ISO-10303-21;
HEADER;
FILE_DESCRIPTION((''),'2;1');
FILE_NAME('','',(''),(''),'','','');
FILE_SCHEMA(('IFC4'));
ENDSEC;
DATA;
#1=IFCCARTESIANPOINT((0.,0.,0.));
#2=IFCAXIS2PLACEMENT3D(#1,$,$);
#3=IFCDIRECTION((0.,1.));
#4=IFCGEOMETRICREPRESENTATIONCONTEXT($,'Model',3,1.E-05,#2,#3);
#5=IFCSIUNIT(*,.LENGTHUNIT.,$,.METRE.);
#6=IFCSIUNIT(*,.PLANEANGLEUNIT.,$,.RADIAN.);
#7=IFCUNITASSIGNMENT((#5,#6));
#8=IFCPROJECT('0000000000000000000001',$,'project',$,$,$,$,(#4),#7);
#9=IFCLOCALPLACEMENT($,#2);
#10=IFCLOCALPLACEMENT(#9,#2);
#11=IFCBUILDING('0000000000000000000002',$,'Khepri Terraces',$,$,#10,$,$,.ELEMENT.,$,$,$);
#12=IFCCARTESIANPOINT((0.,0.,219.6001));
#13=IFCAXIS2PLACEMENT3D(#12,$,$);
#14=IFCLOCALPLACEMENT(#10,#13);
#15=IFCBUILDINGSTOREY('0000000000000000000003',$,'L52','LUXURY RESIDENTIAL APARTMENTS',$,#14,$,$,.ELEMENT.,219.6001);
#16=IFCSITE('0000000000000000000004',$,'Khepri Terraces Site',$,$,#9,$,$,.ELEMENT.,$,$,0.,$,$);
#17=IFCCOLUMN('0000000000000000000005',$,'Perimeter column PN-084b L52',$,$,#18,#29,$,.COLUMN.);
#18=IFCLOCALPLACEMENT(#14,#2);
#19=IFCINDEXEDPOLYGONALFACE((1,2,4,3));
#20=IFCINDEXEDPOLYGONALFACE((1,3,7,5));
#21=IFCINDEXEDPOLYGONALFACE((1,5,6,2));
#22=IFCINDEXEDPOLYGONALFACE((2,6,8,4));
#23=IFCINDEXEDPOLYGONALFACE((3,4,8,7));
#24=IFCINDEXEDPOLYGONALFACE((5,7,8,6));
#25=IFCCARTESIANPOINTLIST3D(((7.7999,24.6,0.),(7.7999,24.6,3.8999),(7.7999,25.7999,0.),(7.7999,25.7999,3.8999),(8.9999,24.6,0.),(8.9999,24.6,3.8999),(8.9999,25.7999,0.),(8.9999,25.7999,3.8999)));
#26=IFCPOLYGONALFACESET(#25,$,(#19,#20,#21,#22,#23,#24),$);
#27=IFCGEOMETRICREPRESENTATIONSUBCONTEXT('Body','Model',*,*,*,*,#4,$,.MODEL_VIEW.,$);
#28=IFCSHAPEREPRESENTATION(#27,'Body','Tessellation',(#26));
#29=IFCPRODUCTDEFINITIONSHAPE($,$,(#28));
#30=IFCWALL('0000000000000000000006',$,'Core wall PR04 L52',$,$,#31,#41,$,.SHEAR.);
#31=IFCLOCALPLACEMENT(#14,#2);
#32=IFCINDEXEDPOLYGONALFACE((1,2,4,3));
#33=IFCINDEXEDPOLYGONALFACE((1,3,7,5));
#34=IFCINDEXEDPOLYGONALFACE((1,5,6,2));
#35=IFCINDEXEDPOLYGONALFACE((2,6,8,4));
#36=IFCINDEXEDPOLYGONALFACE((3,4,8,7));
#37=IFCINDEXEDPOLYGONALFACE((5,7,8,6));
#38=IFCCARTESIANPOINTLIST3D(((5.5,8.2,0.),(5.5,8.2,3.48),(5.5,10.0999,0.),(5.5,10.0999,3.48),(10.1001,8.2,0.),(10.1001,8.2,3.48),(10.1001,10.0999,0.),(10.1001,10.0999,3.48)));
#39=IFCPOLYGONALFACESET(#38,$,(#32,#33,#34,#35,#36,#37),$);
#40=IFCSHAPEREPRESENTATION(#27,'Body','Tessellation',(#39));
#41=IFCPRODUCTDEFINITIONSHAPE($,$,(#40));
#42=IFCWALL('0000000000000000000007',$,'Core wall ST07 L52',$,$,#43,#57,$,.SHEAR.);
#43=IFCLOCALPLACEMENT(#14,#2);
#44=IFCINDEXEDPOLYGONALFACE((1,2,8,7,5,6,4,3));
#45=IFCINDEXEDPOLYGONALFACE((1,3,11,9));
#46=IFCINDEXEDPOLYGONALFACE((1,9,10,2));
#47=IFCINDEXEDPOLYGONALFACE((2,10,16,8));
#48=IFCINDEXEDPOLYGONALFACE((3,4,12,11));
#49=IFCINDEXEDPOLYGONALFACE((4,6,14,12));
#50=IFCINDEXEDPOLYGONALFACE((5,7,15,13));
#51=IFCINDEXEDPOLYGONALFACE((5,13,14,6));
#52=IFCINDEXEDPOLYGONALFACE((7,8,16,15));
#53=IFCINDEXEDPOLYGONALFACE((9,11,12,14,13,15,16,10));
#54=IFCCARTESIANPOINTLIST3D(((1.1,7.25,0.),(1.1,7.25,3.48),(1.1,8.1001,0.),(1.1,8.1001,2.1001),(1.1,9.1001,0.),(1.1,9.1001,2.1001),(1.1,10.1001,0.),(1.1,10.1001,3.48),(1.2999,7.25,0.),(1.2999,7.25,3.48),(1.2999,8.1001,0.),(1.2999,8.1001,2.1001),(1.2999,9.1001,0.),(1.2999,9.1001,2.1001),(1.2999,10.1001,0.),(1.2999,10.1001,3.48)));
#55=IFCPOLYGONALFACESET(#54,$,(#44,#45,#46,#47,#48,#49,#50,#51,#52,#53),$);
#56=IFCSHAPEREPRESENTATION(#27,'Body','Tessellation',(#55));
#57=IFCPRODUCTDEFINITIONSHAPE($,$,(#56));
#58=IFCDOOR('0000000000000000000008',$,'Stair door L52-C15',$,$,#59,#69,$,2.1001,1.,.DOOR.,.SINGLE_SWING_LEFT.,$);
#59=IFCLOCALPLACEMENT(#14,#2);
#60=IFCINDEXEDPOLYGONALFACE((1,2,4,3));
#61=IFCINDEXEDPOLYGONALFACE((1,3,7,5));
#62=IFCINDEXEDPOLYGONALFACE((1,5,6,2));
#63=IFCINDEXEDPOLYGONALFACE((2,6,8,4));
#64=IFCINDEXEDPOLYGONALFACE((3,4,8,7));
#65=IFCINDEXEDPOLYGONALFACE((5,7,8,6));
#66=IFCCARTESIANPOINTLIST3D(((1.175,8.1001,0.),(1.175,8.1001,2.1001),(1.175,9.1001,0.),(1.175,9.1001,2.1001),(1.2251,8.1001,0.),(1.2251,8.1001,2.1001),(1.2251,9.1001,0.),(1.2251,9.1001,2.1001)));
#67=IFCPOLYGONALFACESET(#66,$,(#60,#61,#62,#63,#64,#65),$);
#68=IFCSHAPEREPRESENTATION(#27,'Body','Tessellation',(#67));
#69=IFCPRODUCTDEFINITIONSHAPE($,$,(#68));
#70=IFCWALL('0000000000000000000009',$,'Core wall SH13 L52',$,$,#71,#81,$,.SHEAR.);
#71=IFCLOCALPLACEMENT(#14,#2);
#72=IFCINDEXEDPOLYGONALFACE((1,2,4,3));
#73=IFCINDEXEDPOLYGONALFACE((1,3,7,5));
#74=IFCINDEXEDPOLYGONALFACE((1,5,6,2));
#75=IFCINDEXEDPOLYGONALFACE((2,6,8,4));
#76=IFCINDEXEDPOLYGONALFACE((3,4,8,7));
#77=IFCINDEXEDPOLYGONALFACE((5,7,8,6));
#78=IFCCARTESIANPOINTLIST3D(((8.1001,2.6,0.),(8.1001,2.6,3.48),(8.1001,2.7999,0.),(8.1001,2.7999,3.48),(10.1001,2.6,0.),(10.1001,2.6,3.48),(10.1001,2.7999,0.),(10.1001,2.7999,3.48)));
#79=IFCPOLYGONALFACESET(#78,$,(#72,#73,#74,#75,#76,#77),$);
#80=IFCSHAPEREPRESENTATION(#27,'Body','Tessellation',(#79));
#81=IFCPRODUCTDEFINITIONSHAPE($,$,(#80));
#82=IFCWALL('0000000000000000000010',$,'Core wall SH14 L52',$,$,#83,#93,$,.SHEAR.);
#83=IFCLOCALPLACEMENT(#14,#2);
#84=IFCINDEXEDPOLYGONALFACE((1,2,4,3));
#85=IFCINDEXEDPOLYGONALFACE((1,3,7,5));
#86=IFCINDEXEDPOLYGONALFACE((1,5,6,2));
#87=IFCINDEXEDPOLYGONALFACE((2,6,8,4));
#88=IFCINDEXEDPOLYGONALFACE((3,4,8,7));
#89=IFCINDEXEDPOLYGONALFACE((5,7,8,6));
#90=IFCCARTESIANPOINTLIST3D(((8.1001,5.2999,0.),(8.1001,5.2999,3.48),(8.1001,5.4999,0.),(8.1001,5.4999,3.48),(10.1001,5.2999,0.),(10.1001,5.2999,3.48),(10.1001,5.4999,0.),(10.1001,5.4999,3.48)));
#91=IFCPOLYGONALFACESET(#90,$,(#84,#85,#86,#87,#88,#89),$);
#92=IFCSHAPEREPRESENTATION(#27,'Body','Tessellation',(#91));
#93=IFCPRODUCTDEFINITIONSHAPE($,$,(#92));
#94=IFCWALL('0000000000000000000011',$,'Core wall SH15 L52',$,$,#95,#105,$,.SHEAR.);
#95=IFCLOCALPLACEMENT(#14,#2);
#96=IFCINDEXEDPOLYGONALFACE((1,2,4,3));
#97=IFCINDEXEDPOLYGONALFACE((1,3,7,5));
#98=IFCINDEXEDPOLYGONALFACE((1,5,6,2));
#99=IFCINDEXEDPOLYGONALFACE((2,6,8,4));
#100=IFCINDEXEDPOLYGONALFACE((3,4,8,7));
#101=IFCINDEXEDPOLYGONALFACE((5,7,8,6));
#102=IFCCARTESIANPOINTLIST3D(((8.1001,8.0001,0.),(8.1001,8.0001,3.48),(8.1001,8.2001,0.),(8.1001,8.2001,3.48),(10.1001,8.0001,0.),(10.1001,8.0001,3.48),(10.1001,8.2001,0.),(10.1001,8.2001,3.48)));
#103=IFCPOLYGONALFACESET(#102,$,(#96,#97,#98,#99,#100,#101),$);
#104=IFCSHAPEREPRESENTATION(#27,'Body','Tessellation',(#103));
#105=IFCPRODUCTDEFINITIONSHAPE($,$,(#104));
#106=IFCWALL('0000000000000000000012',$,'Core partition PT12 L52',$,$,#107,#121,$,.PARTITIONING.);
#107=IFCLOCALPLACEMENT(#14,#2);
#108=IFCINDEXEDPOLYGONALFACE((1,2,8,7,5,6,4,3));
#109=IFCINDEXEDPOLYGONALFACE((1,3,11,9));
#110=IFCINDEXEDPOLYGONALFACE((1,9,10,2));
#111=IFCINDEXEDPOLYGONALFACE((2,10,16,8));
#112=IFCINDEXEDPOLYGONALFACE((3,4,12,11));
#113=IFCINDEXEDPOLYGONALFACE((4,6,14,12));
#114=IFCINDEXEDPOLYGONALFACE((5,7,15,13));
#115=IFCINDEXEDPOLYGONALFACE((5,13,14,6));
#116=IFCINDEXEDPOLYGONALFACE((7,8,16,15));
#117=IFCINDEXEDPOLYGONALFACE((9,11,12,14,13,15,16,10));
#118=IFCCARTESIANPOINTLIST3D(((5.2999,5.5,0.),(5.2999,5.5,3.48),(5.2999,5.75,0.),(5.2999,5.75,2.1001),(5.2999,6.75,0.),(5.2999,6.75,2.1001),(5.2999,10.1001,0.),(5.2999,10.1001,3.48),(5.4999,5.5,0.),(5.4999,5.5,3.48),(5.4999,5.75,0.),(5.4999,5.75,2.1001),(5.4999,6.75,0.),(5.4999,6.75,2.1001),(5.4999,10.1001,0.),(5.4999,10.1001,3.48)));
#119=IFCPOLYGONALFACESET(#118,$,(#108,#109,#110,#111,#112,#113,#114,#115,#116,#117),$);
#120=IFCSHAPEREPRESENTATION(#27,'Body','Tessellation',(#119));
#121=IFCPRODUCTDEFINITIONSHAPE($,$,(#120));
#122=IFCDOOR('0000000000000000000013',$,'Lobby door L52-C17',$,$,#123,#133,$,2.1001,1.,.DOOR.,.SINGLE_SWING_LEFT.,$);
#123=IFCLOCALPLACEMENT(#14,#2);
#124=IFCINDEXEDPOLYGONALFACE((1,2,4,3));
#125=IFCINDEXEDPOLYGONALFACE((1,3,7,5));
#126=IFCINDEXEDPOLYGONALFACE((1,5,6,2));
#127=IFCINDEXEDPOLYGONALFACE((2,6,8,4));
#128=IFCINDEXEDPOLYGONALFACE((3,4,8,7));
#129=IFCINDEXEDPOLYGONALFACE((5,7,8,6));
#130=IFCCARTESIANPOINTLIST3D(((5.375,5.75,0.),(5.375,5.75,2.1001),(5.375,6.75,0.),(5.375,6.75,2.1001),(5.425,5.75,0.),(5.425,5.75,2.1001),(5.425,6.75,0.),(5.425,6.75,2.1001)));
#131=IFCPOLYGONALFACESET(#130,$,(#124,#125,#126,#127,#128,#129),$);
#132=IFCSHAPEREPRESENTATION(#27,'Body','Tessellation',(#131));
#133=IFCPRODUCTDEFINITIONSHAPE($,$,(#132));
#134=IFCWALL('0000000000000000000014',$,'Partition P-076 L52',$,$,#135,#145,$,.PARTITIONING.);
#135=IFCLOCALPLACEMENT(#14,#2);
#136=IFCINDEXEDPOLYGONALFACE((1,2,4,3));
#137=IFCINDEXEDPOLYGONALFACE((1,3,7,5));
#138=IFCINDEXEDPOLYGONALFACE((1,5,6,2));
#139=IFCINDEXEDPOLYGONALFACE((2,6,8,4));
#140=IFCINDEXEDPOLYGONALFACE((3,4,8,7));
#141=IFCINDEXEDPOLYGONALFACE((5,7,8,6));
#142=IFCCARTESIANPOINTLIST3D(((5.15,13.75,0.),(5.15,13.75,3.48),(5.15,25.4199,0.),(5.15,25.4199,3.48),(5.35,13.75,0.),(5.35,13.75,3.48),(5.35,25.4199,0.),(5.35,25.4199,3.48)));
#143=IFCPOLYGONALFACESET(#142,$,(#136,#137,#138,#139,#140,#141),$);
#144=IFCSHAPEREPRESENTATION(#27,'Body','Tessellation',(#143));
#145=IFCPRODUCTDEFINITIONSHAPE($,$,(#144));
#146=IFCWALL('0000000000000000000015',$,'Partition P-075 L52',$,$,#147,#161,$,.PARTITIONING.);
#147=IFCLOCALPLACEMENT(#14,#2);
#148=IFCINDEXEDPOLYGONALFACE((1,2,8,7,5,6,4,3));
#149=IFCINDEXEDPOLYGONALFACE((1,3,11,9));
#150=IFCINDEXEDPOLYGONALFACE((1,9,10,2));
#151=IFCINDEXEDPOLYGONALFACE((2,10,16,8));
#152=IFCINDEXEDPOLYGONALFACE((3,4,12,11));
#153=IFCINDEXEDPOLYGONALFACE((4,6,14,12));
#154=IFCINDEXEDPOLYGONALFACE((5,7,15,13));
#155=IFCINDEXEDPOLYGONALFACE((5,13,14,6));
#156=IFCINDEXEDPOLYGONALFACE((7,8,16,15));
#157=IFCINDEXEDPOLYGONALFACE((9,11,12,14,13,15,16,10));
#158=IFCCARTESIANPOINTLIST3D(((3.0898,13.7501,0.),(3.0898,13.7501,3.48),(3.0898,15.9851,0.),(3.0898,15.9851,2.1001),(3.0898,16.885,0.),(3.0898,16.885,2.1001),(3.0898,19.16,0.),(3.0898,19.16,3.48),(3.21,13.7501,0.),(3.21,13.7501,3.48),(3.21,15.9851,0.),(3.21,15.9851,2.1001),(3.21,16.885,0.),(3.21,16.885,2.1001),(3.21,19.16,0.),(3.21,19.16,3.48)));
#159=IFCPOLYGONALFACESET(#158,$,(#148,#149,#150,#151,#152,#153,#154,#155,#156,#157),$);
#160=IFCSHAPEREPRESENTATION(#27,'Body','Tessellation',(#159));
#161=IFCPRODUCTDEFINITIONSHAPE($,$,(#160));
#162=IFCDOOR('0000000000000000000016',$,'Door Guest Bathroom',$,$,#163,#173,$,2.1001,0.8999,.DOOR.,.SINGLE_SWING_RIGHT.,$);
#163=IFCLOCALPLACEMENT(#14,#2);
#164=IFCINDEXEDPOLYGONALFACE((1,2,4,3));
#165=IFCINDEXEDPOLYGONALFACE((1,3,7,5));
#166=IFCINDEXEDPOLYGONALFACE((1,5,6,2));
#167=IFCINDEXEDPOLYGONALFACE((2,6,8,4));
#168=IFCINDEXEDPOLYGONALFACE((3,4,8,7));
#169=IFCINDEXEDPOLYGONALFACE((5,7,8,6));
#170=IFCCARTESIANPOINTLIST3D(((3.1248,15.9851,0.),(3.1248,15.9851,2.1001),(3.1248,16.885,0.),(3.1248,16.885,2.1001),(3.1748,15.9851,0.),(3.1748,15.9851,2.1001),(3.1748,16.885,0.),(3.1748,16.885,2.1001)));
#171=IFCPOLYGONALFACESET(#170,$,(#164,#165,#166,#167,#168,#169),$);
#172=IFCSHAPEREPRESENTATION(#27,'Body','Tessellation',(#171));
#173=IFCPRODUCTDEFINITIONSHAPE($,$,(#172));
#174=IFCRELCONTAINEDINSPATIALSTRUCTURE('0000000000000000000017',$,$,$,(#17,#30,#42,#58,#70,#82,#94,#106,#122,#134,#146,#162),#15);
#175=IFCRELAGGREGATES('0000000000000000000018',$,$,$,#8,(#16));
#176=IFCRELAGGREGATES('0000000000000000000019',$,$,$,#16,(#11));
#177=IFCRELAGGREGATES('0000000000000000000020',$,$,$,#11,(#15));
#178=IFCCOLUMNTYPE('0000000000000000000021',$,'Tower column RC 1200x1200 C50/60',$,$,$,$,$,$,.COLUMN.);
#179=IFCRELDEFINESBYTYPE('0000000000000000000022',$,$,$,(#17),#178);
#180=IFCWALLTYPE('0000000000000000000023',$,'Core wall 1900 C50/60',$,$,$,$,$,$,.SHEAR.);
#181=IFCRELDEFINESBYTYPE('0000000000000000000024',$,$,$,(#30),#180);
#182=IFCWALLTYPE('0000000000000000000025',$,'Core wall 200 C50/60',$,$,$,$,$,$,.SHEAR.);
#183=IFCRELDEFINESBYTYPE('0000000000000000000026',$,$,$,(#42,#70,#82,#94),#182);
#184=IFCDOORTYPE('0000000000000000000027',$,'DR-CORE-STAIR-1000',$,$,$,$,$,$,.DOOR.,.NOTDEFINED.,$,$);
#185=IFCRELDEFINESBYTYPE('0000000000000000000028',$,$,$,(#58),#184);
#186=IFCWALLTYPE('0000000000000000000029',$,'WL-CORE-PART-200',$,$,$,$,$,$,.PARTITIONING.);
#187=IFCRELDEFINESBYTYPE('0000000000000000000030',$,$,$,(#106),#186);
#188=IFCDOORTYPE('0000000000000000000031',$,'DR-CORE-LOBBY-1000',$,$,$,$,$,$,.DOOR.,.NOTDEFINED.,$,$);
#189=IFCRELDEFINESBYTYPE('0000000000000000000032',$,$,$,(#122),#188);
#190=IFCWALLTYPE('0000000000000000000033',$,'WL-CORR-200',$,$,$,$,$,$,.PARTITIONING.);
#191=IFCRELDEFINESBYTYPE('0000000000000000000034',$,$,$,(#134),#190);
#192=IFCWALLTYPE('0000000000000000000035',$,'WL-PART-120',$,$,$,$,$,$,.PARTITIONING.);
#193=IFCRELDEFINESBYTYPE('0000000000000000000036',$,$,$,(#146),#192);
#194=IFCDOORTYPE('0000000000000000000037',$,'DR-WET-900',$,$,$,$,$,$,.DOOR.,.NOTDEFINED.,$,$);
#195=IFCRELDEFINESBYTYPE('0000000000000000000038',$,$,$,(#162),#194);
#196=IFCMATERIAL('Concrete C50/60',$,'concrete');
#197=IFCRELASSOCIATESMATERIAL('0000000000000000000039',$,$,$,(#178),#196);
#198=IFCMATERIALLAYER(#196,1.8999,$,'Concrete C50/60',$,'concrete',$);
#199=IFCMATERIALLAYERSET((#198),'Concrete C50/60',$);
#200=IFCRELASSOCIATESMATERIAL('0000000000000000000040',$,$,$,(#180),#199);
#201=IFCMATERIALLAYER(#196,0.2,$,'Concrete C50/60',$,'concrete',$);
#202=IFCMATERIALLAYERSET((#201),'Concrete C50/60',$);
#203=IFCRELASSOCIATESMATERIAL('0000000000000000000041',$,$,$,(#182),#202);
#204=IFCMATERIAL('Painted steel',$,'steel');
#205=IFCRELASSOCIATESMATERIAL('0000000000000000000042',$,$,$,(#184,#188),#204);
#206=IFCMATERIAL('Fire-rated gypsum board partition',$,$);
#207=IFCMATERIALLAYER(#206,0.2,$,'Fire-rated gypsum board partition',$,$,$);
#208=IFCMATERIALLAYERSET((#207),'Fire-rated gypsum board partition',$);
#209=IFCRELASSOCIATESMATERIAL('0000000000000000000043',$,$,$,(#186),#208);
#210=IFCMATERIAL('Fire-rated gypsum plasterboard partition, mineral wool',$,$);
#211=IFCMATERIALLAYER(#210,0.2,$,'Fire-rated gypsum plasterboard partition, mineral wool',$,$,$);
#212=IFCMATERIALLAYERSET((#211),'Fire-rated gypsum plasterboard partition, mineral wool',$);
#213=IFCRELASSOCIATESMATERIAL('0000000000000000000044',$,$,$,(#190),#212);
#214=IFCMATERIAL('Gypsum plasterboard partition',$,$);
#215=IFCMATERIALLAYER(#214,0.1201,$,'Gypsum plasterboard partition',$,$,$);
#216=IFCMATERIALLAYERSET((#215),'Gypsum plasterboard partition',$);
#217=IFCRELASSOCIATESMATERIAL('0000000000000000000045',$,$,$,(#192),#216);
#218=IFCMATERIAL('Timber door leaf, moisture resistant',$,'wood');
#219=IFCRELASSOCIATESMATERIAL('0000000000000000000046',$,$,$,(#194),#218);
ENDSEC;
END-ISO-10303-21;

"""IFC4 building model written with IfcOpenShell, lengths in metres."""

from ifc_helpers import new_model, si_unit, direction, frame, frame_2d, origin, origin_2d, place, context, subcontext, project, spatial, rectangle, extrude, material, layer, layer_set, material_profile, profile_set, type_object, element, fill, save


model = new_model("IFC4")

# Units and contexts
model_context = context("Model", 3, precision=1e-05, world=origin(), true_north=direction((0.0, 1.0)))
body_context = subcontext(model_context, "Body", "Model", "MODEL_VIEW")
ifc_project = project(units=[si_unit("LENGTHUNIT", "METRE"), si_unit("PLANEANGLEUNIT", "RADIAN")], contexts=[model_context])

# Site, building, storey
site_placement = place(None, origin())
site = spatial("IfcSite", under=ifc_project, at=site_placement, Name="Khepri Terraces Site", CompositionType="ELEMENT", RefElevation=0.0)
building_placement = place(site_placement, origin())
building = spatial("IfcBuilding", under=site, at=building_placement, Name="Khepri Terraces", CompositionType="ELEMENT")
storey_placement = place(building_placement, frame((0.0, 0.0, 219.6001)))
storey = spatial("IfcBuildingStorey", under=building, at=storey_placement, Name="L52", Description="LUXURY RESIDENTIAL APARTMENTS", CompositionType="ELEMENT", Elevation=219.6001)

# Column
ifc_material_1 = material(Name="Concrete C50/60", Category="concrete")
ifc_material_profile = material_profile(ifc_material_1, rectangle(XDim=1.2, YDim=1.2, at=origin_2d()), Name="Concrete C50/60", Category="concrete")
ifc_profile_set = profile_set([ifc_material_profile], Name="Concrete C50/60")
column_type = type_object("IfcColumnType", Name="Tower column RC 1200x1200 C50/60", PredefinedType="COLUMN", material=ifc_profile_set)
column_placement = place(storey_placement, frame((8.3999, 25.2, 0.0), z_axis=(0.0, 0.0, 1.0), x_axis=(1.0, 0.0, 0.0)))
element("IfcColumn", 1, at=column_placement, inside=storey, type_object=column_type, Name="Perimeter column PN-084b L52", PredefinedType="COLUMN", context=body_context, shape_type="SweptSolid", body=[
    extrude(rectangle(XDim=1.2, YDim=1.2, at=origin_2d()), origin(), (0.0, 0.0, 1.0), 3.8999),
])

# Wall
ifc_layer_1 = layer(ifc_material_1, 1.8999, Name="Concrete C50/60", Category="concrete")
ifc_layer_set_1 = layer_set([ifc_layer_1], Name="Concrete C50/60")
wall_type_1 = type_object("IfcWallType", Name="Core wall 1900 C50/60", PredefinedType="SHEAR", material=ifc_layer_set_1)
wall_1_placement = place(storey_placement, frame((5.5, 9.1499, 0.0), z_axis=(0.0, 0.0, 1.0), x_axis=(1.0, 0.0, 0.0)))
element("IfcWall", 2, at=wall_1_placement, inside=storey, type_object=wall_type_1, Name="Core wall PR04 L52", PredefinedType="SHEAR", context=body_context, shape_type="SweptSolid", body=[
    extrude(rectangle(XDim=4.6001, YDim=1.8999, at=frame_2d((2.3, 0.0))), origin(), (0.0, 0.0, 1.0), 3.48),
])

# Wall, opening, door
ifc_layer_2 = layer(ifc_material_1, 0.2, Name="Concrete C50/60", Category="concrete")
ifc_layer_set_2 = layer_set([ifc_layer_2], Name="Concrete C50/60")
wall_type_2 = type_object("IfcWallType", Name="Core wall 200 C50/60", PredefinedType="SHEAR", material=ifc_layer_set_2)
wall_2_placement = place(storey_placement, frame((1.2, 7.25, 0.0), z_axis=(0.0, 0.0, 1.0), x_axis=(0.0, 1.0, 0.0)))
wall_2 = element("IfcWall", 3, at=wall_2_placement, inside=storey, type_object=wall_type_2, Name="Core wall ST07 L52", PredefinedType="SHEAR", context=body_context, shape_type="SweptSolid", body=[
    extrude(rectangle(XDim=2.8501, YDim=0.2, at=frame_2d((1.425, 0.0))), origin(), (0.0, 0.0, 1.0), 3.48),
])
opening_1_placement = place(wall_2_placement, frame((0.8501, 0.0, 0.0)))
opening_1 = element("IfcOpeningElement", 4, at=opening_1_placement, cuts=wall_2, PredefinedType="OPENING", context=body_context, shape_type="SweptSolid", body=[
    extrude(rectangle(XDim=1.0, YDim=2.1001, at=frame_2d((0.5, 1.05))), frame((0.0, 0.1099, 0.0), z_axis=(0.0, -1.0, 0.0), x_axis=(1.0, 0.0, 0.0)), (0.0, 0.0, 1.0), 0.22),
])
ifc_material_2 = material(Name="Painted steel", Category="steel")
door_type_1 = type_object("IfcDoorType", Name="DR-CORE-STAIR-1000", OperationType="NOTDEFINED", PredefinedType="DOOR", material=ifc_material_2)
door_1_placement = place(opening_1_placement, origin())
door_1 = element("IfcDoor", 5, at=door_1_placement, inside=storey, type_object=door_type_1, Name="Stair door L52-C15", OperationType="SINGLE_SWING_LEFT", OverallHeight=2.1001, OverallWidth=1.0, PredefinedType="DOOR", context=body_context, shape_type="SweptSolid", body=[
    extrude(rectangle(XDim=1.0, YDim=2.1001, at=frame_2d((0.5, 1.05))), frame((0.0, 0.0249, 0.0), z_axis=(0.0, -1.0, 0.0), x_axis=(1.0, 0.0, 0.0)), (0.0, 0.0, 1.0), 0.05),
])
fill(opening_1, door_1)

# Walls
for number, where, z_axis, x_axis, name in (
    (6, (8.1001, 2.7, 0.0), (0.0, 0.0, 1.0), (1.0, 0.0, 0.0), "Core wall SH13 L52"),
    (7, (8.1001, 5.3999, 0.0), (0.0, 0.0, 1.0), (1.0, 0.0, 0.0), "Core wall SH14 L52"),
    (8, (8.1001, 8.1001, 0.0), (0.0, 0.0, 1.0), (1.0, 0.0, 0.0), "Core wall SH15 L52"),
):
    element("IfcWall", number, at=place(storey_placement, frame(where, z_axis=z_axis, x_axis=x_axis)), inside=storey, type_object=wall_type_2, Name=name, PredefinedType="SHEAR", context=body_context, shape_type="SweptSolid", body=[
        extrude(rectangle(XDim=2.0, YDim=0.2, at=frame_2d((1.0, 0.0))), origin(), (0.0, 0.0, 1.0), 3.48),
    ])

# Wall, opening, door
ifc_material_3 = material(Name="Fire-rated gypsum board partition")
ifc_layer_3 = layer(ifc_material_3, 0.2, Name="Fire-rated gypsum board partition")
ifc_layer_set_3 = layer_set([ifc_layer_3], Name="Fire-rated gypsum board partition")
wall_type_3 = type_object("IfcWallType", Name="WL-CORE-PART-200", PredefinedType="PARTITIONING", material=ifc_layer_set_3)
wall_3_placement = place(storey_placement, frame((5.3999, 5.5, 0.0), z_axis=(0.0, 0.0, 1.0), x_axis=(0.0, 1.0, 0.0)))
wall_3 = element("IfcWall", 9, at=wall_3_placement, inside=storey, type_object=wall_type_3, Name="Core partition PT12 L52", PredefinedType="PARTITIONING", context=body_context, shape_type="SweptSolid", body=[
    extrude(rectangle(XDim=4.6001, YDim=0.2, at=frame_2d((2.3, 0.0))), origin(), (0.0, 0.0, 1.0), 3.48),
])
opening_2_placement = place(wall_3_placement, frame((0.25, 0.0, 0.0)))
opening_2 = element("IfcOpeningElement", 10, at=opening_2_placement, cuts=wall_3, PredefinedType="OPENING", context=body_context, shape_type="SweptSolid", body=[
    extrude(rectangle(XDim=1.0, YDim=2.1001, at=frame_2d((0.5, 1.05))), frame((0.0, 0.1099, 0.0), z_axis=(0.0, -1.0, 0.0), x_axis=(1.0, 0.0, 0.0)), (0.0, 0.0, 1.0), 0.22),
])
door_type_2 = type_object("IfcDoorType", Name="DR-CORE-LOBBY-1000", OperationType="NOTDEFINED", PredefinedType="DOOR", material=ifc_material_2)
door_2_placement = place(opening_2_placement, origin())
door_2 = element("IfcDoor", 11, at=door_2_placement, inside=storey, type_object=door_type_2, Name="Lobby door L52-C17", OperationType="SINGLE_SWING_LEFT", OverallHeight=2.1001, OverallWidth=1.0, PredefinedType="DOOR", context=body_context, shape_type="SweptSolid", body=[
    extrude(rectangle(XDim=1.0, YDim=2.1001, at=frame_2d((0.5, 1.05))), frame((0.0, 0.0249, 0.0), z_axis=(0.0, -1.0, 0.0), x_axis=(1.0, 0.0, 0.0)), (0.0, 0.0, 1.0), 0.05),
])
fill(opening_2, door_2)

# Wall
ifc_material_4 = material(Name="Fire-rated gypsum plasterboard partition, mineral wool")
ifc_layer_4 = layer(ifc_material_4, 0.2, Name="Fire-rated gypsum plasterboard partition, mineral wool")
ifc_layer_set_4 = layer_set([ifc_layer_4], Name="Fire-rated gypsum plasterboard partition, mineral wool")
wall_type_4 = type_object("IfcWallType", Name="WL-CORR-200", PredefinedType="PARTITIONING", material=ifc_layer_set_4)
wall_4_placement = place(storey_placement, frame((5.25, 13.75, 0.0), z_axis=(0.0, 0.0, 1.0), x_axis=(0.0, 1.0, 0.0)))
element("IfcWall", 12, at=wall_4_placement, inside=storey, type_object=wall_type_4, Name="Partition P-076 L52", PredefinedType="PARTITIONING", context=body_context, shape_type="SweptSolid", body=[
    extrude(rectangle(XDim=11.6699, YDim=0.2, at=frame_2d((5.835, 0.0))), origin(), (0.0, 0.0, 1.0), 3.48),
])

# Wall, opening, door
ifc_material_5 = material(Name="Gypsum plasterboard partition")
ifc_layer_5 = layer(ifc_material_5, 0.1201, Name="Gypsum plasterboard partition")
ifc_layer_set_5 = layer_set([ifc_layer_5], Name="Gypsum plasterboard partition")
wall_type_5 = type_object("IfcWallType", Name="WL-PART-120", PredefinedType="PARTITIONING", material=ifc_layer_set_5)
wall_5_placement = place(storey_placement, frame((3.1499, 13.75, 0.0), z_axis=(0.0, 0.0, 1.0), x_axis=(0.0, 1.0, 0.0)))
wall_5 = element("IfcWall", 13, at=wall_5_placement, inside=storey, type_object=wall_type_5, Name="Partition P-075 L52", PredefinedType="PARTITIONING", context=body_context, shape_type="SweptSolid", body=[
    extrude(rectangle(XDim=5.4099, YDim=0.1201, at=frame_2d((2.7051, 0.0))), origin(), (0.0, 0.0, 1.0), 3.48),
])
opening_3_placement = place(wall_5_placement, frame((2.2351, 0.0, 0.0)))
opening_3 = element("IfcOpeningElement", 14, at=opening_3_placement, cuts=wall_5, PredefinedType="OPENING", context=body_context, shape_type="SweptSolid", body=[
    extrude(rectangle(XDim=0.8999, YDim=2.1001, at=frame_2d((0.45, 1.05))), frame((0.0, 0.0701, 0.0), z_axis=(0.0, -1.0, 0.0), x_axis=(1.0, 0.0, 0.0)), (0.0, 0.0, 1.0), 0.1401),
])
ifc_material_6 = material(Name="Timber door leaf, moisture resistant", Category="wood")
door_type_3 = type_object("IfcDoorType", Name="DR-WET-900", OperationType="NOTDEFINED", PredefinedType="DOOR", material=ifc_material_6)
door_3_placement = place(opening_3_placement, frame((0.8999, 0.0, 0.0), z_axis=(0.0, 0.0, 1.0), x_axis=(-1.0, 0.0, 0.0)))
door_3 = element("IfcDoor", 15, at=door_3_placement, inside=storey, type_object=door_type_3, Name="Door Guest Bathroom", OperationType="SINGLE_SWING_RIGHT", OverallHeight=2.1001, OverallWidth=0.8999, PredefinedType="DOOR", context=body_context, shape_type="SweptSolid", body=[
    extrude(rectangle(XDim=0.8999, YDim=2.1001, at=frame_2d((0.45, 1.05))), frame((0.0, 0.0249, 0.0), z_axis=(0.0, -1.0, 0.0), x_axis=(1.0, 0.0, 0.0)), (0.0, 0.0, 1.0), 0.05),
])
fill(opening_3, door_3)

save(model, "model.ifc")
